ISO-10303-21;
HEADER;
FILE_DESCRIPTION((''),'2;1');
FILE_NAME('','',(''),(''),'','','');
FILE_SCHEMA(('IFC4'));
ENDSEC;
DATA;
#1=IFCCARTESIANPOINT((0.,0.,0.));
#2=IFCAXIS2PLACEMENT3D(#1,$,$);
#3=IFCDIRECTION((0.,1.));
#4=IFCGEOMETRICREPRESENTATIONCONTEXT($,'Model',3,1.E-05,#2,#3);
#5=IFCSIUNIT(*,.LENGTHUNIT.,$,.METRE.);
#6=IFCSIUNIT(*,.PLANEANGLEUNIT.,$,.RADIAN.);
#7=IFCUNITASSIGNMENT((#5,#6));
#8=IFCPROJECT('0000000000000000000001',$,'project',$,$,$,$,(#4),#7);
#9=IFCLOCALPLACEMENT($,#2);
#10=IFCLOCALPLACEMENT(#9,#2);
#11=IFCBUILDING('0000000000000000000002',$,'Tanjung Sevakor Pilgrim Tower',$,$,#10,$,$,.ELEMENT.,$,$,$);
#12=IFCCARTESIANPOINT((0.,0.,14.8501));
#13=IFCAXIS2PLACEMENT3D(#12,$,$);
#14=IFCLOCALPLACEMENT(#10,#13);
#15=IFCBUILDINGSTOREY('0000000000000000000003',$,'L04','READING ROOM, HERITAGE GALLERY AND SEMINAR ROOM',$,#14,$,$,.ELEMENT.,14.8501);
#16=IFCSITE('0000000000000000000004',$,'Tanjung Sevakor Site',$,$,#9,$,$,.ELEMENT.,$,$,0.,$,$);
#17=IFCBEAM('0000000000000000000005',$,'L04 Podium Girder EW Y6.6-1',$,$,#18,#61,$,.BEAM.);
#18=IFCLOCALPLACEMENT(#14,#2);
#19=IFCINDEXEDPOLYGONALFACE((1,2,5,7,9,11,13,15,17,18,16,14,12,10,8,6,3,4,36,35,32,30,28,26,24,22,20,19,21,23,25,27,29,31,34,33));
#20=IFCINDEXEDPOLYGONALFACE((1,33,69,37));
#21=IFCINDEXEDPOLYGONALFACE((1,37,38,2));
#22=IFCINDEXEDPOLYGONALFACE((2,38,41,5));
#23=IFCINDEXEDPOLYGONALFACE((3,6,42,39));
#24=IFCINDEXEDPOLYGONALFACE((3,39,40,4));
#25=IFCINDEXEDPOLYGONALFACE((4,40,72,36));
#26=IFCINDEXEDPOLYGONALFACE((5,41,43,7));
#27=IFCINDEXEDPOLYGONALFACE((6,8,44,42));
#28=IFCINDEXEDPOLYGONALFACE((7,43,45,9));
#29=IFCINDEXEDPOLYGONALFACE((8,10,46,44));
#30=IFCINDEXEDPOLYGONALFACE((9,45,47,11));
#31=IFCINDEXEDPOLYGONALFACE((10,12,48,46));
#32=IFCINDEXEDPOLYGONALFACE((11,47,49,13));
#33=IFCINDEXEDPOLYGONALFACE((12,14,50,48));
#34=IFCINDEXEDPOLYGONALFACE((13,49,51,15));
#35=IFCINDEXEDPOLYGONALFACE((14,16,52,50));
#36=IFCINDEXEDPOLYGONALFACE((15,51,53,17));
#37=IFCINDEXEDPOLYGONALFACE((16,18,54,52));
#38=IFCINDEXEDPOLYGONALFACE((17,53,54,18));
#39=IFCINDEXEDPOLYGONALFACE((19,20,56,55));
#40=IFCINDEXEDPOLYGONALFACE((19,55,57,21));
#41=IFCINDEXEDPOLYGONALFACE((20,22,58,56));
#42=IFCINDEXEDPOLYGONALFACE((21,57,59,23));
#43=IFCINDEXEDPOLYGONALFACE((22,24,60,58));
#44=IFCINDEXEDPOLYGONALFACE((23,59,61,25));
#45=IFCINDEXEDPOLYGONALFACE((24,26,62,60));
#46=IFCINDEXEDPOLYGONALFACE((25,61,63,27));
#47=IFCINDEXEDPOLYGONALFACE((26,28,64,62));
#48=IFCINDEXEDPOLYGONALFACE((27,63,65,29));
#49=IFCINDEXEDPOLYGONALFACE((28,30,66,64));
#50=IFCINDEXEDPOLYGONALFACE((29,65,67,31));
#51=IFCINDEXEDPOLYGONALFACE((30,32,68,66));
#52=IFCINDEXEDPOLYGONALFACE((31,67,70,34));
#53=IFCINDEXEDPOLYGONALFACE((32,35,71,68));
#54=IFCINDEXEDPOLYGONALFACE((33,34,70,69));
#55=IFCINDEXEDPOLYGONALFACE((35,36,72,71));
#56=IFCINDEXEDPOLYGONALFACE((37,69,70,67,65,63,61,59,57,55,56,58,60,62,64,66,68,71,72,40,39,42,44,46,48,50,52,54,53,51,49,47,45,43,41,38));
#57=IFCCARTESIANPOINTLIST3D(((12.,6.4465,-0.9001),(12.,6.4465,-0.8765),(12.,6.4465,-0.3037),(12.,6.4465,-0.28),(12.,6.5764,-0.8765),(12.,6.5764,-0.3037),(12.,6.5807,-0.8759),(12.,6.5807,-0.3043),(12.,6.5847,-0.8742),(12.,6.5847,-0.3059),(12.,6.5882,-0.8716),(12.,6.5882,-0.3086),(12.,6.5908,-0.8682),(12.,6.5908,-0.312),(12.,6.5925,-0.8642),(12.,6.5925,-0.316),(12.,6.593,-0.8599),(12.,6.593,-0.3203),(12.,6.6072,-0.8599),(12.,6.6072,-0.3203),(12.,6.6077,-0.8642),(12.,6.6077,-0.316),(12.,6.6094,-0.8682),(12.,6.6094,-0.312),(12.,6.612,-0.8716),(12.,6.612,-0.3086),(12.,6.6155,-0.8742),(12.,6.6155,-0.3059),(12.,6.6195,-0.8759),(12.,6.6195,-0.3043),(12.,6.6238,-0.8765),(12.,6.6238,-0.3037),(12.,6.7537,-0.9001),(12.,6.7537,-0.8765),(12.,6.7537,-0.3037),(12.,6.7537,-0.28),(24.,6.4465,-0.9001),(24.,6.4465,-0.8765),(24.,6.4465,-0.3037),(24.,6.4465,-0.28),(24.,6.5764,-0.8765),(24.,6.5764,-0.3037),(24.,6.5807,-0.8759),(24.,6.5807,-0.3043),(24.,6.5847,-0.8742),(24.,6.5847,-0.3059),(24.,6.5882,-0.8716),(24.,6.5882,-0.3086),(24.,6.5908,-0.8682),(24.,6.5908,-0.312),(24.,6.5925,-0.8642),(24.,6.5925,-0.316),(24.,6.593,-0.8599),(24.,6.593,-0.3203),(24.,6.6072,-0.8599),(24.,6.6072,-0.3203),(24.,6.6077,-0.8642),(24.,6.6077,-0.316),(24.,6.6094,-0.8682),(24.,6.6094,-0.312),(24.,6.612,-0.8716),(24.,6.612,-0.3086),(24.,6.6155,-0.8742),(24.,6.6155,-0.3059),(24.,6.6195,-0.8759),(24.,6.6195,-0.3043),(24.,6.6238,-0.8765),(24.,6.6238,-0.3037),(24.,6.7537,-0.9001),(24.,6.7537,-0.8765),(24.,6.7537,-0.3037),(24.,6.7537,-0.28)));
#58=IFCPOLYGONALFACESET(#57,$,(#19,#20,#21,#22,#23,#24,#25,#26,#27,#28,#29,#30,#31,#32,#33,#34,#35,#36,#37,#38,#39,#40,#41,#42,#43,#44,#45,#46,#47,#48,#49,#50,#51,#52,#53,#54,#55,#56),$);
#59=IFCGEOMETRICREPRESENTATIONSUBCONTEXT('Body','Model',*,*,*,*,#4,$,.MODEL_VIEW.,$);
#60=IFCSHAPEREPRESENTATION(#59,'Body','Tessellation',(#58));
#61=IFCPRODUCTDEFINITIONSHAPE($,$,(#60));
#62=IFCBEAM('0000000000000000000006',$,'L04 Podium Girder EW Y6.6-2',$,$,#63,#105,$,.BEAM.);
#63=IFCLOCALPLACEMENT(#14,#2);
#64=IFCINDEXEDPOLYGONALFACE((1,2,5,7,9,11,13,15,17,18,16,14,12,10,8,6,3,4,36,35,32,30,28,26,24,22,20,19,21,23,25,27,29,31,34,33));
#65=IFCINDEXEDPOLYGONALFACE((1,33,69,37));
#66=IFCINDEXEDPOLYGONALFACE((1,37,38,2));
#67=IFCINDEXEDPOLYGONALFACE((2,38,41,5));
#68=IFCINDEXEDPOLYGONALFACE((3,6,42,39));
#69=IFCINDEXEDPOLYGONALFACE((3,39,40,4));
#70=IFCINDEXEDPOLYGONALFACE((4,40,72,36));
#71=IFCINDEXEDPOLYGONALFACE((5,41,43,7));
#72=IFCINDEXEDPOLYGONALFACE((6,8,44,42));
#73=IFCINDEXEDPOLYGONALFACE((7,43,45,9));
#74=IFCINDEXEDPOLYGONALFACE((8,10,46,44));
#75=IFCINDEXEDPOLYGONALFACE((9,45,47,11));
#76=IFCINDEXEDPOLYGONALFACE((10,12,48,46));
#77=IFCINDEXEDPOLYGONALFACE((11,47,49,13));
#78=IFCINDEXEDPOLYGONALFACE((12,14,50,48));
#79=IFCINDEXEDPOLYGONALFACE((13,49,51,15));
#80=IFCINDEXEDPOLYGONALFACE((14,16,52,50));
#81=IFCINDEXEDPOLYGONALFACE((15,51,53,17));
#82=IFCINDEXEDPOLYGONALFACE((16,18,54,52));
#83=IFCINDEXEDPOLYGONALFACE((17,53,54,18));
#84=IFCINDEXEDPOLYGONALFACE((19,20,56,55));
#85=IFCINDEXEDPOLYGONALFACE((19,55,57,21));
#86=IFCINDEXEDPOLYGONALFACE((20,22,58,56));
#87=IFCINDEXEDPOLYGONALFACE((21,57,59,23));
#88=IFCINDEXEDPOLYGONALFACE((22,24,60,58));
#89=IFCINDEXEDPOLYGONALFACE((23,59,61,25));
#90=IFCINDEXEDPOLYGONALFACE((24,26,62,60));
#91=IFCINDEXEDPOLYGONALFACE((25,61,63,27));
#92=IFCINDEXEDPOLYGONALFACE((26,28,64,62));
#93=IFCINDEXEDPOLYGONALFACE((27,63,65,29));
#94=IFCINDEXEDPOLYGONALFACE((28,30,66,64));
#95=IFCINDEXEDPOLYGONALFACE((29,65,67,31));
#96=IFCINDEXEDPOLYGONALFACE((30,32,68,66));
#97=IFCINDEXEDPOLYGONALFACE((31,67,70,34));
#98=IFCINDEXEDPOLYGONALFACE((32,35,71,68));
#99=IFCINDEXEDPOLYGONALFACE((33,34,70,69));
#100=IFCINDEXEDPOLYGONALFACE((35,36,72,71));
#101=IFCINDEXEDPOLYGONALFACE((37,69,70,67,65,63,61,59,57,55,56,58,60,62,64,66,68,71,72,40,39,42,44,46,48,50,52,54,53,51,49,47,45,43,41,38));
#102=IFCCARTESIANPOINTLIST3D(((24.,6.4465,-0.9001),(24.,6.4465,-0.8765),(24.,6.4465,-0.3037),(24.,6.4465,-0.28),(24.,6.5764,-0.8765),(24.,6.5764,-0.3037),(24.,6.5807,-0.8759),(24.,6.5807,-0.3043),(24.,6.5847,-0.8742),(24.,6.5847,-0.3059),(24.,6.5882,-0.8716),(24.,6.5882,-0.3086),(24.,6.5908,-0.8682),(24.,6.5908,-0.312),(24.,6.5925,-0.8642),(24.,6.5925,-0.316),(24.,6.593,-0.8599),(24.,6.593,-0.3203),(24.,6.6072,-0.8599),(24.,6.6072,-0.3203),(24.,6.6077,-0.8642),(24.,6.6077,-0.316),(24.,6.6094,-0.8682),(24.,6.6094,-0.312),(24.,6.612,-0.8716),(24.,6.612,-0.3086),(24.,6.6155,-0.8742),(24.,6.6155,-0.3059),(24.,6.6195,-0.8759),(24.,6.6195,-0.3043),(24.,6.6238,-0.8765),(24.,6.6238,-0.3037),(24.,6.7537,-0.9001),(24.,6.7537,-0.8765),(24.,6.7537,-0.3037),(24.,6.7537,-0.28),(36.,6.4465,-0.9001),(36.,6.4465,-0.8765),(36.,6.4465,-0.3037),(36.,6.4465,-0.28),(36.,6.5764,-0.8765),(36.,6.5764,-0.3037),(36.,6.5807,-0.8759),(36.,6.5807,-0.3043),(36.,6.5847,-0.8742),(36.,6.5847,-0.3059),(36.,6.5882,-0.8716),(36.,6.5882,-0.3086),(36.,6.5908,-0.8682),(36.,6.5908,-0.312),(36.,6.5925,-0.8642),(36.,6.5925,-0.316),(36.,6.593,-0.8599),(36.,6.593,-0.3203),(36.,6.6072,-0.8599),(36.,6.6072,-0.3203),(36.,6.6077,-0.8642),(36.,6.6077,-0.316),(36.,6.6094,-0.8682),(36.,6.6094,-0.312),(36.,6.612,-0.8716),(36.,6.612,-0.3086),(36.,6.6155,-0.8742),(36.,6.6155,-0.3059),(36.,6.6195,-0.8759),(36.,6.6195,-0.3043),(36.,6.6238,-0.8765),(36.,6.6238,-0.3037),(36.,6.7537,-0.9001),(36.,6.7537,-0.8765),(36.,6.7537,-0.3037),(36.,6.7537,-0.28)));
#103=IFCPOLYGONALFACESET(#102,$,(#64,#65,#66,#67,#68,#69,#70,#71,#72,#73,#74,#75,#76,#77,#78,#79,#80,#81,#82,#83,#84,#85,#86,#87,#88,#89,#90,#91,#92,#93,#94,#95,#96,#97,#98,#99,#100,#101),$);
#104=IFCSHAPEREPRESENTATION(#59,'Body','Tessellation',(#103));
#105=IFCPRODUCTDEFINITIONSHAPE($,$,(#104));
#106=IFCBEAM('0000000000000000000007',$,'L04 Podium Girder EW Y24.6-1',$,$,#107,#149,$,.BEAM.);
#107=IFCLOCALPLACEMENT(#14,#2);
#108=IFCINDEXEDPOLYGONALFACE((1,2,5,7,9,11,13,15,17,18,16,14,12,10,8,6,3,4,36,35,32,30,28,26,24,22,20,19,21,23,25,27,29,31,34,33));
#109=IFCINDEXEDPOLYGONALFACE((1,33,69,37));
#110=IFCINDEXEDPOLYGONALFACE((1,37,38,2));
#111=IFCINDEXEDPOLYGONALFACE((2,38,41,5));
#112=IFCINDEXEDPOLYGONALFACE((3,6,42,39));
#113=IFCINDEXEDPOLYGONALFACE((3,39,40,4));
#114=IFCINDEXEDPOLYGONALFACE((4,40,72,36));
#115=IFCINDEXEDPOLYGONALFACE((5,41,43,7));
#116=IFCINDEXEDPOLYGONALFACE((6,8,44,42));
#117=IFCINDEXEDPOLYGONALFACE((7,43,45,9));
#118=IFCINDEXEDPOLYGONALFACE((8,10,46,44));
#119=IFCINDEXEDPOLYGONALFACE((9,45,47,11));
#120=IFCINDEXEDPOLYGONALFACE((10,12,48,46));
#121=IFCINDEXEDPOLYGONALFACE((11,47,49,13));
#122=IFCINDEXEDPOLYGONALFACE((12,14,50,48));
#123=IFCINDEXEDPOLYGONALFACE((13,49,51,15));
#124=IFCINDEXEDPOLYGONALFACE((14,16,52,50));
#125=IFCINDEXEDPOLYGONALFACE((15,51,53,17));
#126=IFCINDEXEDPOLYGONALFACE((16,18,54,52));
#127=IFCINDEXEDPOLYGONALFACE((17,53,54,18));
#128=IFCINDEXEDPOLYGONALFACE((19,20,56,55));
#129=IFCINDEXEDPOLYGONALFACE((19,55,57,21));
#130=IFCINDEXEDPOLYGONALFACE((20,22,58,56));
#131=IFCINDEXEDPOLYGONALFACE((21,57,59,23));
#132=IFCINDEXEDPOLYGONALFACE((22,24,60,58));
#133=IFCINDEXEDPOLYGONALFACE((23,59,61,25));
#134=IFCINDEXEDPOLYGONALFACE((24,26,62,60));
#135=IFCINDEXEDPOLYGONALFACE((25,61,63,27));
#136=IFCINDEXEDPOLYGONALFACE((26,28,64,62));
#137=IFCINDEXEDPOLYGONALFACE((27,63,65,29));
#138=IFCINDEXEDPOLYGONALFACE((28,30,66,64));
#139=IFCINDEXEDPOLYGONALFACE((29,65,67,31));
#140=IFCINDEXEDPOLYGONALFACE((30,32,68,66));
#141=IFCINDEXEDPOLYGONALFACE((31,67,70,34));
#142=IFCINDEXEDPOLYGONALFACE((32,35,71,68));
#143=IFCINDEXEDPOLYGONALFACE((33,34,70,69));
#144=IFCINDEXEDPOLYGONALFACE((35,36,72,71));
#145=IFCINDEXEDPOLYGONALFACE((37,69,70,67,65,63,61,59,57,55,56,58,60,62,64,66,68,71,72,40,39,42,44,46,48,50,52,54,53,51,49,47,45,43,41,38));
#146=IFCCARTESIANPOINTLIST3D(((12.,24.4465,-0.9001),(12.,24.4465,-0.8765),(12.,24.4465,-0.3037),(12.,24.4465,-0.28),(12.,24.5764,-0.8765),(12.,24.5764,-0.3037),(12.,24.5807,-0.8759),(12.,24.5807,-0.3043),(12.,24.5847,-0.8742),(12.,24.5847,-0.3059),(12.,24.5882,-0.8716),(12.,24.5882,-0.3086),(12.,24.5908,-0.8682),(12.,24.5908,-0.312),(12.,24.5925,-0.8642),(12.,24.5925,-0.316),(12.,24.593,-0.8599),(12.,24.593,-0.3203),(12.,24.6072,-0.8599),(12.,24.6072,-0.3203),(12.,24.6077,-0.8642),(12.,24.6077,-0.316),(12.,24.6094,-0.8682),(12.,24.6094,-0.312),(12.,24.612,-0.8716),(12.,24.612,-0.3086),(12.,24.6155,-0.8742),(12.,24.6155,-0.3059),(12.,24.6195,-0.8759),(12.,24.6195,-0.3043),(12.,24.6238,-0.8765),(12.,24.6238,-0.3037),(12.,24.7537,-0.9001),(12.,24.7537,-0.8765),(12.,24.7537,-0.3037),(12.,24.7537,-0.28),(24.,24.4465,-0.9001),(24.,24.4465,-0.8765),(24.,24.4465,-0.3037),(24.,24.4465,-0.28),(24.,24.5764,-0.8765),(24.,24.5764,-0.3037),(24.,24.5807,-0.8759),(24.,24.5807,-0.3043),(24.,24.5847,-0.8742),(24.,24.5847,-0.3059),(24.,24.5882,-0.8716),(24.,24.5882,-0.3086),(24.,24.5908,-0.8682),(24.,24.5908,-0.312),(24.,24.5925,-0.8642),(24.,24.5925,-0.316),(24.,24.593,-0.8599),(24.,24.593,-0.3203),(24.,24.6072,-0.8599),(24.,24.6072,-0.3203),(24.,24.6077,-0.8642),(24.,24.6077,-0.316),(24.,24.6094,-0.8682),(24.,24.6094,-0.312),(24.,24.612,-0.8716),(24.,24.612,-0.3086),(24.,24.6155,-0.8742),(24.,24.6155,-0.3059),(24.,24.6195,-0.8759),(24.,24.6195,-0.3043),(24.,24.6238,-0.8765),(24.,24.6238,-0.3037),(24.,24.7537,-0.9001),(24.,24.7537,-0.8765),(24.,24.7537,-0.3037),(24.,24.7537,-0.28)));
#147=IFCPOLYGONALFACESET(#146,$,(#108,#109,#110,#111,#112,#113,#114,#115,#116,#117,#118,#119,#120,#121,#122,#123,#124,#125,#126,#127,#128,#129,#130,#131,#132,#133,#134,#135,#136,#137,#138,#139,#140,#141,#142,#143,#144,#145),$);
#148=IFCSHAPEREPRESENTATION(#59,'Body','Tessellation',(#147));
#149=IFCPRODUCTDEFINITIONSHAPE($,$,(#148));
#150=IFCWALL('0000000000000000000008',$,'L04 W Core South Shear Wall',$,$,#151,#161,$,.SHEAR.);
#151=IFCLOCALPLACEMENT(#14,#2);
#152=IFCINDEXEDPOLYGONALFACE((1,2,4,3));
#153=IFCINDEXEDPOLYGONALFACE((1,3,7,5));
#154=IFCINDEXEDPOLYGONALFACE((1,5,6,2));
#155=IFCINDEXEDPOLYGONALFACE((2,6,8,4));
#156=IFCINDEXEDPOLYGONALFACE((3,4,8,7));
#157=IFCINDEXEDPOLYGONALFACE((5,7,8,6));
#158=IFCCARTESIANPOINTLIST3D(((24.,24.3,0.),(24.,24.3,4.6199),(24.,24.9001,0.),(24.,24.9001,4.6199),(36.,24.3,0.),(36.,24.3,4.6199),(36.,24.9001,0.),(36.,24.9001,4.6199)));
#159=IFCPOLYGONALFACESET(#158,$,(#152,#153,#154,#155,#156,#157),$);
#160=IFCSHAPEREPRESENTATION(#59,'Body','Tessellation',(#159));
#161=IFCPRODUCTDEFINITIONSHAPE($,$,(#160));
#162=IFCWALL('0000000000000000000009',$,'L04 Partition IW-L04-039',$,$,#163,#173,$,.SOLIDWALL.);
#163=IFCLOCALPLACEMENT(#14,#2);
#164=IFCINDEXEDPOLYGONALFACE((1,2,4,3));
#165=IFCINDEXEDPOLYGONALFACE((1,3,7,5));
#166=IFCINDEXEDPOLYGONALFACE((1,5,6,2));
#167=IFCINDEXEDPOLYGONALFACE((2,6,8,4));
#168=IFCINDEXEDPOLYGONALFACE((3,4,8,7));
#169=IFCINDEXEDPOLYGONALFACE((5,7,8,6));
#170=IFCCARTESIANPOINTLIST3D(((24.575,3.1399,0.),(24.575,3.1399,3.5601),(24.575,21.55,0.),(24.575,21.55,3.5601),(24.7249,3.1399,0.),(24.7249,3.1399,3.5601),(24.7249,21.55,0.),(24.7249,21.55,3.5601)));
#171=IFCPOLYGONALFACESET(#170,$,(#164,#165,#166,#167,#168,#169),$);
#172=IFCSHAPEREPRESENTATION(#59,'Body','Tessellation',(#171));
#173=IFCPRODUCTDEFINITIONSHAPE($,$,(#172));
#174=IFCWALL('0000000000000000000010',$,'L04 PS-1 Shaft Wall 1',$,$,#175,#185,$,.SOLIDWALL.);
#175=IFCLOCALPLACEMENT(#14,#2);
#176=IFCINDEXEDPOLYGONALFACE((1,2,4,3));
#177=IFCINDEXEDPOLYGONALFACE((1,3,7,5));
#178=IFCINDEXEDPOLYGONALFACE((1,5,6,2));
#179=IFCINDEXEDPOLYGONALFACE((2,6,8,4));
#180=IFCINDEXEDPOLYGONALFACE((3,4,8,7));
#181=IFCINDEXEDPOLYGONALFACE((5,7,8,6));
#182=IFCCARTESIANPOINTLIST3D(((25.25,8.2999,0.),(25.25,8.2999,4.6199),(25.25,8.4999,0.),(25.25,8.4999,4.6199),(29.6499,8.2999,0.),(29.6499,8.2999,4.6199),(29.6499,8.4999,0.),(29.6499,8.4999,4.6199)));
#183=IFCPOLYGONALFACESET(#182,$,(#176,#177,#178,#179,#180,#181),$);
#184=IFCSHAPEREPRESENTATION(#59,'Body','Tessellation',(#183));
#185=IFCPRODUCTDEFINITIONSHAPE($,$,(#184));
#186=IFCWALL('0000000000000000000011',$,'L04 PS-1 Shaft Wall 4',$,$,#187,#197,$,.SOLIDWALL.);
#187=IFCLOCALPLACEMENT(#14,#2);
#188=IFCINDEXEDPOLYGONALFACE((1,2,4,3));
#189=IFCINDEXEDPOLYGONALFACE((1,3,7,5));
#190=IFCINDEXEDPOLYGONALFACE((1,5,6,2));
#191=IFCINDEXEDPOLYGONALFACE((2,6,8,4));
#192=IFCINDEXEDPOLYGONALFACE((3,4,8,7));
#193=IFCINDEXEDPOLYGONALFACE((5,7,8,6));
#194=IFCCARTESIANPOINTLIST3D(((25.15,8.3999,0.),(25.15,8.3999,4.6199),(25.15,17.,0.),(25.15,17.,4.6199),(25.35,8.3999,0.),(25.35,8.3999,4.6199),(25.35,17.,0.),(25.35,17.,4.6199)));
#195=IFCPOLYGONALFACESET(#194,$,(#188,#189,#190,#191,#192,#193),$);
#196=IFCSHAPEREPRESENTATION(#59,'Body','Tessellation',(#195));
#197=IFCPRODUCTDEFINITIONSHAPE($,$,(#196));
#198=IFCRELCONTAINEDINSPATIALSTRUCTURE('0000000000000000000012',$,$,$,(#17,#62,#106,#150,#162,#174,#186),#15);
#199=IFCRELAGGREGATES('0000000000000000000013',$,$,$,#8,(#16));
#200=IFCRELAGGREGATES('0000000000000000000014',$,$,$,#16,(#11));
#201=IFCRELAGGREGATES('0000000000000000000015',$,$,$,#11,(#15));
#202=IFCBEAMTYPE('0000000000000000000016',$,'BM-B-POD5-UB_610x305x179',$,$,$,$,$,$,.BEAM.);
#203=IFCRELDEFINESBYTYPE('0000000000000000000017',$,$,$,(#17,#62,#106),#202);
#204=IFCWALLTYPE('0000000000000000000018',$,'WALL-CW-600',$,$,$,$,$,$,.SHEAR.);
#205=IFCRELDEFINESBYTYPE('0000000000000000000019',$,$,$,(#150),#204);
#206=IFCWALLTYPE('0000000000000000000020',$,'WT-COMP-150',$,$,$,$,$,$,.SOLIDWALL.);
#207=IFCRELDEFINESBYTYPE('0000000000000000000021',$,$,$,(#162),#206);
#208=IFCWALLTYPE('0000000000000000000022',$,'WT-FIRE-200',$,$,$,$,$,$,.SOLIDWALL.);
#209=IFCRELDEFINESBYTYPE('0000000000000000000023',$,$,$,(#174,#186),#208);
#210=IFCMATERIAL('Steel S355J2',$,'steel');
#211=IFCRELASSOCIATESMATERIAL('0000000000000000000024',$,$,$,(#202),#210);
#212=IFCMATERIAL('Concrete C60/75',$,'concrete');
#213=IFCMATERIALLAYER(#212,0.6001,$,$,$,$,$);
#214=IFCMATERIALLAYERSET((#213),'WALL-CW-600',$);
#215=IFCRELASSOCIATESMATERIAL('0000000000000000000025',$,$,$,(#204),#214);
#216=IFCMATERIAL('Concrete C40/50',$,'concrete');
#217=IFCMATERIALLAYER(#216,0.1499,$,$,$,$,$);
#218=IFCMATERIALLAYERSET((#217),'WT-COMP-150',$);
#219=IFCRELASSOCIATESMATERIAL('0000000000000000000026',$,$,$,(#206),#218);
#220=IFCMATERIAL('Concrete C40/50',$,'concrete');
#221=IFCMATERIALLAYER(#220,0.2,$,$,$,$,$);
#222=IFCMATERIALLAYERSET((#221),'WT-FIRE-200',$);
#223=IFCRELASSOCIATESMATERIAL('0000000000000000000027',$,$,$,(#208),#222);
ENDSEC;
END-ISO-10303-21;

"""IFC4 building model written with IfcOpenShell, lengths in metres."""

from ifc_helpers import new_model, si_unit, direction, frame, frame_2d, origin, origin_2d, place, context, subcontext, project, spatial, rectangle, i_section, extrude, material, layer, layer_set, material_profile, profile_set, type_object, element, save


model = new_model("IFC4")

# Units and contexts
model_context = context("Model", 3, precision=1e-05, world=origin(), true_north=direction((0.0, 1.0)))
body_context = subcontext(model_context, "Body", "Model", "MODEL_VIEW")
ifc_project = project(units=[si_unit("LENGTHUNIT", "METRE"), si_unit("PLANEANGLEUNIT", "RADIAN")], contexts=[model_context])

# Site, building, storey
site_placement = place(None, origin())
site = spatial("IfcSite", under=ifc_project, at=site_placement, Name="Tanjung Sevakor Site", CompositionType="ELEMENT", RefElevation=0.0)
building_placement = place(site_placement, origin())
building = spatial("IfcBuilding", under=site, at=building_placement, Name="Tanjung Sevakor Pilgrim Tower", CompositionType="ELEMENT")
storey_placement = place(building_placement, frame((0.0, 0.0, 14.8501)))
storey = spatial("IfcBuildingStorey", under=building, at=storey_placement, Name="L04", Description="READING ROOM, HERITAGE GALLERY AND SEMINAR ROOM", CompositionType="ELEMENT", Elevation=14.8501)

# Beams
ifc_material_1 = material(Name="Steel S355J2", Category="steel")
ifc_material_profile_1 = material_profile(ifc_material_1, i_section(OverallWidth=0.3071, OverallDepth=0.6201, WebThickness=0.0142, FlangeThickness=0.0237, FilletRadius=0.0166, at=origin_2d()))
ifc_profile_set_1 = profile_set([ifc_material_profile_1], Name="Steel S355J2")
beam_type_1 = type_object("IfcBeamType", Name="BM-B-POD5-UB_610x305x179", PredefinedType="BEAM", material=ifc_profile_set_1)
for number, where, z_axis, x_axis, name in (
    (1, (12.0, 6.6001, -0.5901), (1.0, 0.0, 0.0), (0.0, 1.0, 0.0), "L04 Podium Girder EW Y6.6-1"),
    (2, (24.0, 6.6001, -0.5901), (1.0, 0.0, 0.0), (0.0, 1.0, 0.0), "L04 Podium Girder EW Y6.6-2"),
    (3, (12.0, 24.6001, -0.5901), (1.0, 0.0, 0.0), (0.0, 1.0, 0.0), "L04 Podium Girder EW Y24.6-1"),
):
    element("IfcBeam", number, at=place(storey_placement, frame(where, z_axis=z_axis, x_axis=x_axis)), inside=storey, type_object=beam_type_1, Name=name, PredefinedType="BEAM", context=body_context, shape_type="SweptSolid", body=[
        extrude(i_section(OverallWidth=0.3071, OverallDepth=0.6201, WebThickness=0.0142, FlangeThickness=0.0237, FilletRadius=0.0166, at=origin_2d()), origin(), (0.0, 0.0, 1.0), 12.0),
    ])

# Walls
ifc_material_2 = material(Name="Concrete C60/75", Category="concrete")
ifc_layer_1 = layer(ifc_material_2, 0.6001)
ifc_layer_set_1 = layer_set([ifc_layer_1], Name="WALL-CW-600")
wall_type_1 = type_object("IfcWallType", Name="WALL-CW-600", PredefinedType="SHEAR", material=ifc_layer_set_1)
wall_1_placement = place(storey_placement, frame((24.0, 24.6001, 0.0), z_axis=(0.0, 0.0, 1.0), x_axis=(1.0, 0.0, 0.0)))
element("IfcWall", 4, at=wall_1_placement, inside=storey, type_object=wall_type_1, Name="L04 W Core South Shear Wall", PredefinedType="SHEAR", context=body_context, shape_type="SweptSolid", body=[
    extrude(rectangle(XDim=12.0, YDim=0.6001, at=frame_2d((6.0, 0.0))), origin(), (0.0, 0.0, 1.0), 4.6199),
])
ifc_material_3 = material(Name="Concrete C40/50", Category="concrete")
ifc_layer_2 = layer(ifc_material_3, 0.1499)
ifc_layer_set_2 = layer_set([ifc_layer_2], Name="WT-COMP-150")
wall_type_2 = type_object("IfcWallType", Name="WT-COMP-150", PredefinedType="SOLIDWALL", material=ifc_layer_set_2)
wall_2_placement = place(storey_placement, frame((24.6499, 3.1399, 0.0), z_axis=(0.0, 0.0, 1.0), x_axis=(0.0, 1.0, 0.0)))
element("IfcWall", 5, at=wall_2_placement, inside=storey, type_object=wall_type_2, Name="L04 Partition IW-L04-039", PredefinedType="SOLIDWALL", context=body_context, shape_type="SweptSolid", body=[
    extrude(rectangle(XDim=18.4102, YDim=0.1499, at=frame_2d((9.2051, 0.0))), origin(), (0.0, 0.0, 1.0), 3.5601),
])
ifc_material_4 = material(Name="Concrete C40/50", Category="concrete")
ifc_layer_3 = layer(ifc_material_4, 0.2)
ifc_layer_set_3 = layer_set([ifc_layer_3], Name="WT-FIRE-200")
wall_type_3 = type_object("IfcWallType", Name="WT-FIRE-200", PredefinedType="SOLIDWALL", material=ifc_layer_set_3)
wall_3_placement = place(storey_placement, frame((25.25, 8.3999, 0.0), z_axis=(0.0, 0.0, 1.0), x_axis=(1.0, 0.0, 0.0)))
element("IfcWall", 6, at=wall_3_placement, inside=storey, type_object=wall_type_3, Name="L04 PS-1 Shaft Wall 1", PredefinedType="SOLIDWALL", context=body_context, shape_type="SweptSolid", body=[
    extrude(rectangle(XDim=4.3999, YDim=0.2, at=frame_2d((2.2, 0.0))), origin(), (0.0, 0.0, 1.0), 4.6199),
])
wall_4_placement = place(storey_placement, frame((25.25, 17.0, 0.0), z_axis=(0.0, 0.0, 1.0), x_axis=(0.0, -1.0, 0.0)))
element("IfcWall", 7, at=wall_4_placement, inside=storey, type_object=wall_type_3, Name="L04 PS-1 Shaft Wall 4", PredefinedType="SOLIDWALL", context=body_context, shape_type="SweptSolid", body=[
    extrude(rectangle(XDim=8.6001, YDim=0.2, at=frame_2d((4.3, 0.0))), origin(), (0.0, 0.0, 1.0), 4.6199),
])

save(model, "model.ifc")
